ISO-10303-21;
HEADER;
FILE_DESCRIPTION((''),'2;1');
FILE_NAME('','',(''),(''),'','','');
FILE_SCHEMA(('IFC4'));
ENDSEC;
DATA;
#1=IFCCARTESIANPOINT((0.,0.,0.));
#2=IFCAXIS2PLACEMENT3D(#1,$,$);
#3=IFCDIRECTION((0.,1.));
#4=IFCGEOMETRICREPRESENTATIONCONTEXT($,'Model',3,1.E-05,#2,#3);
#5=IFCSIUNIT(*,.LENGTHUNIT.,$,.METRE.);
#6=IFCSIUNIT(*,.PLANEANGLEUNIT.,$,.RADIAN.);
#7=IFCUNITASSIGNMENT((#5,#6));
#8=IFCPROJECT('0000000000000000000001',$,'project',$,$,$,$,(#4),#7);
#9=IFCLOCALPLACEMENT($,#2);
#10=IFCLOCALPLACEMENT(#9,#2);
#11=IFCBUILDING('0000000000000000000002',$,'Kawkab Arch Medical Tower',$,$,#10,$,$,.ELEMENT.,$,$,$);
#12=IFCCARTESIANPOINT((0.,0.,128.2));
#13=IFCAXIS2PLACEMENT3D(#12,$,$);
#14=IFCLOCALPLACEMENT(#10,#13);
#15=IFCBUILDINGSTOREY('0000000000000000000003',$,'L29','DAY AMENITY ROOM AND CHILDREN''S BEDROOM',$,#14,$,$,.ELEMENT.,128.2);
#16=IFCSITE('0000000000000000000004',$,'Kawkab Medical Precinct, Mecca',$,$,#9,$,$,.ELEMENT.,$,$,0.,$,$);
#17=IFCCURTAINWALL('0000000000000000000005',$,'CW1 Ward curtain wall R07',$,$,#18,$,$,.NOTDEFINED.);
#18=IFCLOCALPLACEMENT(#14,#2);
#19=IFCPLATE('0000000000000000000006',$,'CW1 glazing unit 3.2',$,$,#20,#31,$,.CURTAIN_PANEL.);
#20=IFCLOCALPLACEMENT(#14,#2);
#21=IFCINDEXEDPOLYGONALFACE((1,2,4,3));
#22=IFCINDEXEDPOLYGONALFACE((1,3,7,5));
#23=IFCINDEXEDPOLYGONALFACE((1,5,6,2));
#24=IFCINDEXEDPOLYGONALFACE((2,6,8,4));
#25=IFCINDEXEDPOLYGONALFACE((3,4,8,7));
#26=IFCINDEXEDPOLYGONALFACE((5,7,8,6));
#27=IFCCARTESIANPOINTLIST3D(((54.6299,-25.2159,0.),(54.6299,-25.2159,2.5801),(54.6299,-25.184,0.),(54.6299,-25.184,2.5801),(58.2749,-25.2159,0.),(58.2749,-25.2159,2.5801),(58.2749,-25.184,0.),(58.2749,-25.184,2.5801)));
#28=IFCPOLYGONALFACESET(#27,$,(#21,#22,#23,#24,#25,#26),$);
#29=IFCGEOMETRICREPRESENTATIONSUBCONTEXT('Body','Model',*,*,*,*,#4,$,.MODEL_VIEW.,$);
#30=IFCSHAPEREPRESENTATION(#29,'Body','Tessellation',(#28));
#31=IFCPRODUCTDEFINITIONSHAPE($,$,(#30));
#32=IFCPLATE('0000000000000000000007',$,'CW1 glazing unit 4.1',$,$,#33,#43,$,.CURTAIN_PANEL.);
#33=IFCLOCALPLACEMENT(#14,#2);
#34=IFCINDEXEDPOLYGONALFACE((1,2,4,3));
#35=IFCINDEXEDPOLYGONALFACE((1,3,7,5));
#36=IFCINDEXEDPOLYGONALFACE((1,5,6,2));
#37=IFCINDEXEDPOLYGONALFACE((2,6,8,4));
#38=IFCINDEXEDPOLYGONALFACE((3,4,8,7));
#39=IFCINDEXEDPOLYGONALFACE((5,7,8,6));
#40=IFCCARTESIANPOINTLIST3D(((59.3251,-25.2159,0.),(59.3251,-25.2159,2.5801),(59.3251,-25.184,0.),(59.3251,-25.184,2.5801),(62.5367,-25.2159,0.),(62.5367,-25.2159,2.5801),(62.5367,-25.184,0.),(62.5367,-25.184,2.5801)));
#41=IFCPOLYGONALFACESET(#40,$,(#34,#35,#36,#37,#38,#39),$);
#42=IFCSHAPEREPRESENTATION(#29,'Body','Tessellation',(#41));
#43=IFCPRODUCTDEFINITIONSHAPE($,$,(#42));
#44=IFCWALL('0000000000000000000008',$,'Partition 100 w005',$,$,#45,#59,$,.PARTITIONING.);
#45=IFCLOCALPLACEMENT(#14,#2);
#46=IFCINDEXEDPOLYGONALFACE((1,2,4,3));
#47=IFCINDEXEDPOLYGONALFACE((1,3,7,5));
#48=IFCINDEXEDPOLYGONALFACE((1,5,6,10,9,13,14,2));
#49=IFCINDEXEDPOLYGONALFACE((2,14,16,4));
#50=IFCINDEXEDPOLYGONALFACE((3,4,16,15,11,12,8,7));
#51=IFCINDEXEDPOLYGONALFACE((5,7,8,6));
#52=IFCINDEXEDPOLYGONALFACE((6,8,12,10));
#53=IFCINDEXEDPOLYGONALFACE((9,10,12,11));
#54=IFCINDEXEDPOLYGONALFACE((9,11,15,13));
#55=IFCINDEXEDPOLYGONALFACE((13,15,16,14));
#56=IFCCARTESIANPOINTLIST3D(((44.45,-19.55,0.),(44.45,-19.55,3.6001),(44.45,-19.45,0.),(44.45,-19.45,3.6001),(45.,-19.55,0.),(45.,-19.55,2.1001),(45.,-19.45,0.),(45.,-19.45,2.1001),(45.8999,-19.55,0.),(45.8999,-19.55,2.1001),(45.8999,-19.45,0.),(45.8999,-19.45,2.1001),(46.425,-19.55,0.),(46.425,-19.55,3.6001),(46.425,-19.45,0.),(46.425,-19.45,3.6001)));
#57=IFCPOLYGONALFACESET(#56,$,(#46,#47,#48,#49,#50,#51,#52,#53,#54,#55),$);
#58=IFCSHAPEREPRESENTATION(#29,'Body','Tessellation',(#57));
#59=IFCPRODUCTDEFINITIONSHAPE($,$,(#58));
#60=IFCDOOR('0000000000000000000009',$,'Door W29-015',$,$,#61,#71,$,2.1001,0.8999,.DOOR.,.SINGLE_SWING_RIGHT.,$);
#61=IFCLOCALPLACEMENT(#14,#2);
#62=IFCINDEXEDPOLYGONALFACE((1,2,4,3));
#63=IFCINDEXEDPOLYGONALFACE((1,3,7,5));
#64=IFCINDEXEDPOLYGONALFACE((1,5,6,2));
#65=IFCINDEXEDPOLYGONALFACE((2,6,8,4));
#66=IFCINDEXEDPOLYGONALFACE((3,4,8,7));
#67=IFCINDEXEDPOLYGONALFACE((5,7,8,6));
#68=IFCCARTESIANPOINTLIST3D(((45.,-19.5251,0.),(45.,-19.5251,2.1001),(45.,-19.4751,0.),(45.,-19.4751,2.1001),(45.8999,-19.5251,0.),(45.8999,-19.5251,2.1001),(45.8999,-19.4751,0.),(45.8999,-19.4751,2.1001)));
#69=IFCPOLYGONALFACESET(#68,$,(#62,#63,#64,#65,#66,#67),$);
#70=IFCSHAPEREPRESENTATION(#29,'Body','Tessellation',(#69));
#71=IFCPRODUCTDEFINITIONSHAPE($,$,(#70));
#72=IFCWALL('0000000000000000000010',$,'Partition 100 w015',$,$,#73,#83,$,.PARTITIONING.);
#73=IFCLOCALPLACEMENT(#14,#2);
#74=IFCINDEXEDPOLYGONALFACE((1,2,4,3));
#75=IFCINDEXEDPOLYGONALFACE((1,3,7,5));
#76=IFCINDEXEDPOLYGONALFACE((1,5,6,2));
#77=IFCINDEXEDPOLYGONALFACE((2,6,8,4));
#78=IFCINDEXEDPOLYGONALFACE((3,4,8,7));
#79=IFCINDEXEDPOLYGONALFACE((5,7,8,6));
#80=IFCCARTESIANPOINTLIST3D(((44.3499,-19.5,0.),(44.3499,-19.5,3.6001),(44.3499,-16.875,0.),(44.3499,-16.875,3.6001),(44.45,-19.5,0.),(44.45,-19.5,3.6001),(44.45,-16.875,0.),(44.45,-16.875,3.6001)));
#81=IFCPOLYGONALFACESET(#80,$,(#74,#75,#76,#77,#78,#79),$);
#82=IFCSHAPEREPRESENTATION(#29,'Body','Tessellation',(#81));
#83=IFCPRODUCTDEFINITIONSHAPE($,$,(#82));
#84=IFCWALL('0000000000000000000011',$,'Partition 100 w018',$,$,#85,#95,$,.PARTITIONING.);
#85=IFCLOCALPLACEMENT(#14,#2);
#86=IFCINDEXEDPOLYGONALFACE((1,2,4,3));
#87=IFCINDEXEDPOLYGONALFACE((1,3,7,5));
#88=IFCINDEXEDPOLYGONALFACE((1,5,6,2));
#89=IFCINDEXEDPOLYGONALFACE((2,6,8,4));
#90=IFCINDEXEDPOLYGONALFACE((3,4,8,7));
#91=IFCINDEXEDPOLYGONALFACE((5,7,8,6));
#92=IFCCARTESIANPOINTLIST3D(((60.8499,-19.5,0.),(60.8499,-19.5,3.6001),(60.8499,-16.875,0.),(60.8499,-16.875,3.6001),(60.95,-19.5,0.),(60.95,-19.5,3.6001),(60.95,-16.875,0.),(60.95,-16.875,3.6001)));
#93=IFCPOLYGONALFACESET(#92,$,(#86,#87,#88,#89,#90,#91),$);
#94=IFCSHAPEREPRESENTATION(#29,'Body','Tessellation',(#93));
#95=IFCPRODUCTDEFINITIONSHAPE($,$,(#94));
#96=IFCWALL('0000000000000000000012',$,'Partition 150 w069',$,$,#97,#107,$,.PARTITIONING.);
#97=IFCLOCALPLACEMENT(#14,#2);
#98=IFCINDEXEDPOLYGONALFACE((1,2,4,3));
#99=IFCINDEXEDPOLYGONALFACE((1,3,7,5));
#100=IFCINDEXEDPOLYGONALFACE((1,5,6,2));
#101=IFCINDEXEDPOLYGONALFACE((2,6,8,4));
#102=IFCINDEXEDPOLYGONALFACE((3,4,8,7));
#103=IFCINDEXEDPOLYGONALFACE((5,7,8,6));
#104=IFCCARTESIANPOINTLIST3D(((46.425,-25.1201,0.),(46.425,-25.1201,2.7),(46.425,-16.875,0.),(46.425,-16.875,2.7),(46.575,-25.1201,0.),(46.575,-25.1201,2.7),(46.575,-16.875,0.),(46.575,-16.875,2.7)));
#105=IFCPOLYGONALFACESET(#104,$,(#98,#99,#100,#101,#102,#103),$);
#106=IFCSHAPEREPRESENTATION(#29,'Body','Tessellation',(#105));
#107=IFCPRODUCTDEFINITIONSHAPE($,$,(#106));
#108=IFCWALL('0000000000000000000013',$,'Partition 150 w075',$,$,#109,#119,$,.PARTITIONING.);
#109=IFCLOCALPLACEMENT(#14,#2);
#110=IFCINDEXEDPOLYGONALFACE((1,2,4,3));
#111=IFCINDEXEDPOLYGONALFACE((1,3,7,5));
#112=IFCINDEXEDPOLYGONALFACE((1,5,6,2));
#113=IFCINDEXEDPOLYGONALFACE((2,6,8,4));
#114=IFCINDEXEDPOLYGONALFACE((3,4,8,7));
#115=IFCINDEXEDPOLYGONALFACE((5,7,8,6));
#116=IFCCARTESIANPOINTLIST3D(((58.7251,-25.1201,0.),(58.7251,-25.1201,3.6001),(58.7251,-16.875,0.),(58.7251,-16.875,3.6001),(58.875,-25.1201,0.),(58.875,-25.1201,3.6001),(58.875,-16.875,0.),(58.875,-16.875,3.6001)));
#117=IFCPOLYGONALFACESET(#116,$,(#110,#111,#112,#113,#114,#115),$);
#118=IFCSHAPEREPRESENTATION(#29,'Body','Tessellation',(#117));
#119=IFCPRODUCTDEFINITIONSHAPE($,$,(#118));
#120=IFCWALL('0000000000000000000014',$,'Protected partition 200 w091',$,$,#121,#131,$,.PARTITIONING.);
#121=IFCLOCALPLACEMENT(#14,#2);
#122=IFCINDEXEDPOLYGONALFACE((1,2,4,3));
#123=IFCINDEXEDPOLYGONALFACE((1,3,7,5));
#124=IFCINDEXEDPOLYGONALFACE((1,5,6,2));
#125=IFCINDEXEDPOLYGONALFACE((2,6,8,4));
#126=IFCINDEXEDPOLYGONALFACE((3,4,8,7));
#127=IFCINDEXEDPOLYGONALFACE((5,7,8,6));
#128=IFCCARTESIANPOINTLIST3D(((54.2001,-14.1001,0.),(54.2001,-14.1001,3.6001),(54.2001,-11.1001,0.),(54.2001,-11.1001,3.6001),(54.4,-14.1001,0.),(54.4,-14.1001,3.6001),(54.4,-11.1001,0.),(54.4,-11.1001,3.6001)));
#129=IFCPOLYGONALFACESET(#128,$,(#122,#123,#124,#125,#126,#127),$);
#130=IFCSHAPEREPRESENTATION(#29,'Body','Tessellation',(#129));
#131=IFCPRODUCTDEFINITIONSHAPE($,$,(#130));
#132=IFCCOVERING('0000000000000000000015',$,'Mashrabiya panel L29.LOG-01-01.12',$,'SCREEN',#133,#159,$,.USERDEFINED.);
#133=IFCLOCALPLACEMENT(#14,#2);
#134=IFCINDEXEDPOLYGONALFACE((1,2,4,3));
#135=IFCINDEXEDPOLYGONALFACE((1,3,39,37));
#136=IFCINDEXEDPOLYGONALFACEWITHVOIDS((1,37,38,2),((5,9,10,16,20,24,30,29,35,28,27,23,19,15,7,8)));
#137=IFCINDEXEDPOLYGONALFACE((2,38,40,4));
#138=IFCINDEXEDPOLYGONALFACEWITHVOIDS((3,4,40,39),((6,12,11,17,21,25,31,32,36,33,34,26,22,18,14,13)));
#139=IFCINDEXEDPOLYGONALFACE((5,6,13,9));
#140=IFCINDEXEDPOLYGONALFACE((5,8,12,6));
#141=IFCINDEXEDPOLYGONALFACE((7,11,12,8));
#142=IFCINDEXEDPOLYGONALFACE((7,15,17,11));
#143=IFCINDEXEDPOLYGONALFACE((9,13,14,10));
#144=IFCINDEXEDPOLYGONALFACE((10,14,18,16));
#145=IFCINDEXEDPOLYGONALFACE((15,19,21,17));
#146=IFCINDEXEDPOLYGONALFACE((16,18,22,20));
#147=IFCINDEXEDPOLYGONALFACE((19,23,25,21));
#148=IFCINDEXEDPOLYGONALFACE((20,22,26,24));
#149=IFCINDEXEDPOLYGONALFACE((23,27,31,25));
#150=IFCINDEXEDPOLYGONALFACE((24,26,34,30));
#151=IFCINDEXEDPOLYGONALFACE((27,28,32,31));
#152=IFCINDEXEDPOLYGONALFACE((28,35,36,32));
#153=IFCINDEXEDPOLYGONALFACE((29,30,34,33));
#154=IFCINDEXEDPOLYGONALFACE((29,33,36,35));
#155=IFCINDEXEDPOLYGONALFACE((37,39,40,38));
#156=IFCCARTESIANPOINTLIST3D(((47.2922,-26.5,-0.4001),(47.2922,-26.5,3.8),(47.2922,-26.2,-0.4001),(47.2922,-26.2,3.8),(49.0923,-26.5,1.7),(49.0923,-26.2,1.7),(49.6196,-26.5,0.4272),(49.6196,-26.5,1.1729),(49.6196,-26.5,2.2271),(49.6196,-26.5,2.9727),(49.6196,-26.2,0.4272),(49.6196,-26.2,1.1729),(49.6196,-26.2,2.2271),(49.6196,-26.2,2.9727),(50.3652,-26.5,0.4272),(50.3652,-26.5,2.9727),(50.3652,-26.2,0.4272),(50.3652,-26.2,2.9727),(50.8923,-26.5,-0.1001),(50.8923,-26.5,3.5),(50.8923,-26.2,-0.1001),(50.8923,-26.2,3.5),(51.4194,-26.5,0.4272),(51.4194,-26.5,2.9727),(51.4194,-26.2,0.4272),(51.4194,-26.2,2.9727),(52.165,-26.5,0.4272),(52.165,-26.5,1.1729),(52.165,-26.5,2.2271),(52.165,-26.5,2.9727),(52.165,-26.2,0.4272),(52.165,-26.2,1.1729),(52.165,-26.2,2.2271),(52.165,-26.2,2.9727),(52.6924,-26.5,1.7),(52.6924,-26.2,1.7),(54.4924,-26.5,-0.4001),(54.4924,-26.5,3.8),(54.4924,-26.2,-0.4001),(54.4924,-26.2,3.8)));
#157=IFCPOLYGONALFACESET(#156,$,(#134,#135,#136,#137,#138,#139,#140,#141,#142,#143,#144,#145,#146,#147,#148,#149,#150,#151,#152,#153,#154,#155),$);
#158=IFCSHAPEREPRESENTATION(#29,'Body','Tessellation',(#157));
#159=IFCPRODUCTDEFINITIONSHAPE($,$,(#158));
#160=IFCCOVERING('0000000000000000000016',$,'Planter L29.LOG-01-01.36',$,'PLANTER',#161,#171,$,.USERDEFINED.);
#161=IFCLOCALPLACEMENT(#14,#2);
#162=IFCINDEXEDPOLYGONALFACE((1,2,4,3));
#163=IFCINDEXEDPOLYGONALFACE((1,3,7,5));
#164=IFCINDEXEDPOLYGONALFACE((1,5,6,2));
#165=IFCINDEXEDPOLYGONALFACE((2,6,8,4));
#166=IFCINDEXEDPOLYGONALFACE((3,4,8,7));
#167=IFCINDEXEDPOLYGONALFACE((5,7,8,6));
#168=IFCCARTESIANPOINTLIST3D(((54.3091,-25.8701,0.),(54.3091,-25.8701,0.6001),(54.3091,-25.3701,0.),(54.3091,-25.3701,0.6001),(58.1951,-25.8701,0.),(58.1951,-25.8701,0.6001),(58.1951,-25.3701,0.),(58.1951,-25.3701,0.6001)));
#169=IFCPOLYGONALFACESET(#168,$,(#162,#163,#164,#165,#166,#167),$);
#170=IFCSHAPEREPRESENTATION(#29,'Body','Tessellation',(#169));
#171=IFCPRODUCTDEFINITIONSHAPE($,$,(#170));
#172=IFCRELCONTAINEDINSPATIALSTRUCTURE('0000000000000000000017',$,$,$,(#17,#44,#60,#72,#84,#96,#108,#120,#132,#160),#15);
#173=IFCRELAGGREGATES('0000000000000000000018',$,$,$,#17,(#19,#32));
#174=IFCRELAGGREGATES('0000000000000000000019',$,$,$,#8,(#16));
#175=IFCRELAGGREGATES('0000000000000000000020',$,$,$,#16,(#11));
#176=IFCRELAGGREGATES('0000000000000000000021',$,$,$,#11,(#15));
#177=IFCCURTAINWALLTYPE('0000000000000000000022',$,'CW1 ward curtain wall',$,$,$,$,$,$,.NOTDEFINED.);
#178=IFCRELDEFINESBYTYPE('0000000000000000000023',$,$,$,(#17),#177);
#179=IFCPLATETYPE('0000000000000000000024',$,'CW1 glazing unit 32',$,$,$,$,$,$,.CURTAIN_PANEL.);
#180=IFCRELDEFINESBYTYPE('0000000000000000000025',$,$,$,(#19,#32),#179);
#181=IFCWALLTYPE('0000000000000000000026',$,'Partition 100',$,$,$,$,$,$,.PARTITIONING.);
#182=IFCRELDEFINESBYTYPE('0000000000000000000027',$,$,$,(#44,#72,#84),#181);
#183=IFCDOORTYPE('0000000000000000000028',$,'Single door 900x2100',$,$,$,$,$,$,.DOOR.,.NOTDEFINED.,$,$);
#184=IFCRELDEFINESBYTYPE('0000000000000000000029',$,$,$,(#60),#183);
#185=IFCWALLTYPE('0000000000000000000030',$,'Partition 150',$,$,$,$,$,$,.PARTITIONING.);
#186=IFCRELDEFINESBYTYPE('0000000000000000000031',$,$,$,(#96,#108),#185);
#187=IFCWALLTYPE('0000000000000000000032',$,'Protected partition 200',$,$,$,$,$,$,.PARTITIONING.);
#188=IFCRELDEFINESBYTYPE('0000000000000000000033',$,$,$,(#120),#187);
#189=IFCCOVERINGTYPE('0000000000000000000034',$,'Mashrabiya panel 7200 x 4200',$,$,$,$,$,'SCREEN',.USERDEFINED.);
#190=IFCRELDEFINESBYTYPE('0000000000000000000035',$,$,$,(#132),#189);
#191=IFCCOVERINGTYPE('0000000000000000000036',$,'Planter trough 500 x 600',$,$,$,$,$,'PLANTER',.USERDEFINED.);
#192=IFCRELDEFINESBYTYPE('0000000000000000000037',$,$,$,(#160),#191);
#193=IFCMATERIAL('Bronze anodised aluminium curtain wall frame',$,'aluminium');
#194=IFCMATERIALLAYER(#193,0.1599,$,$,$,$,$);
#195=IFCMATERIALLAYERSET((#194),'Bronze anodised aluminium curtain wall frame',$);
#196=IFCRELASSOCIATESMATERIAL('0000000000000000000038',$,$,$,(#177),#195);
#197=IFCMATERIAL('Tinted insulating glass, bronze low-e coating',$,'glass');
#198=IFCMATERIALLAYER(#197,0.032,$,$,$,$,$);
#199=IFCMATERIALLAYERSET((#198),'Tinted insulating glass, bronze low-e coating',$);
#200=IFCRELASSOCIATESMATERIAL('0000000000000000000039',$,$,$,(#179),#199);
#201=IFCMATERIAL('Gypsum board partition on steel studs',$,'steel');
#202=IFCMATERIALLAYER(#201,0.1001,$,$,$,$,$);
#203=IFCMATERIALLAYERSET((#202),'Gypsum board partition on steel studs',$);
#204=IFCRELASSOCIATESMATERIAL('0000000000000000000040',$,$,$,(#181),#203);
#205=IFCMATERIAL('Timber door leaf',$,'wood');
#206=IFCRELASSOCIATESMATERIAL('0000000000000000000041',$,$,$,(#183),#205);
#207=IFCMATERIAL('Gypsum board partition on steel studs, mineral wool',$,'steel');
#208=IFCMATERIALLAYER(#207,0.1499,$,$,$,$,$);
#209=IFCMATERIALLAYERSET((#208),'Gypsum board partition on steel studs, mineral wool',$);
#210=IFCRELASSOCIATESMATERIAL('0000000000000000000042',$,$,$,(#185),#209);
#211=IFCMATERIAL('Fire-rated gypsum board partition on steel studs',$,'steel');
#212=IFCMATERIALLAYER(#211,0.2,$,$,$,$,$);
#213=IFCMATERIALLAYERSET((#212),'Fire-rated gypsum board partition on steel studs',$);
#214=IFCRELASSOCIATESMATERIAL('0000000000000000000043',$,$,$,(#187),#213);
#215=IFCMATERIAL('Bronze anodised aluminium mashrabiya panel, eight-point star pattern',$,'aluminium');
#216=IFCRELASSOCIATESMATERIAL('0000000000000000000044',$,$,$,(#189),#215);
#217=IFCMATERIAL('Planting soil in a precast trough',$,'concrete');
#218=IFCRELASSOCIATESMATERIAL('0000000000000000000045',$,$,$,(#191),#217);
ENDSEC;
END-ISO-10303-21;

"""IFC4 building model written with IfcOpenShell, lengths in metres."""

from ifc_helpers import new_model, si_unit, direction, frame, frame_2d, origin, origin_2d, place, context, subcontext, project, spatial, polyline, rectangle, outline, extrude, material, layer, layer_set, material_profile, profile_set, type_object, element, fill, aggregate, save


model = new_model("IFC4")

# Units and contexts
model_context = context("Model", 3, precision=1e-05, world=origin(), true_north=direction((0.0, 1.0)))
body_context = subcontext(model_context, "Body", "Model", "MODEL_VIEW")
ifc_project = project(units=[si_unit("LENGTHUNIT", "METRE"), si_unit("PLANEANGLEUNIT", "RADIAN")], contexts=[model_context])

# Site, building, storey
site_placement = place(None, origin())
site = spatial("IfcSite", under=ifc_project, at=site_placement, Name="Kawkab Medical Precinct, Mecca", CompositionType="ELEMENT", RefElevation=0.0)
building_placement = place(site_placement, origin())
building = spatial("IfcBuilding", under=site, at=building_placement, Name="Kawkab Arch Medical Tower", CompositionType="ELEMENT")
storey_placement = place(building_placement, frame((0.0, 0.0, 128.2)))
storey = spatial("IfcBuildingStorey", under=building, at=storey_placement, Name="L29", Description="DAY AMENITY ROOM AND CHILDREN'S BEDROOM", CompositionType="ELEMENT", Elevation=128.2)

# Curtain wall
ifc_material_1 = material(Name="Bronze anodised aluminium curtain wall frame", Category="aluminium")
ifc_layer_1 = layer(ifc_material_1, 0.1599)
ifc_layer_set_1 = layer_set([ifc_layer_1], Name="Bronze anodised aluminium curtain wall frame")
curtain_wall_type = type_object("IfcCurtainWallType", Name="CW1 ward curtain wall", PredefinedType="NOTDEFINED", material=ifc_layer_set_1)
curtain_wall_placement = place(storey_placement, origin())
curtain_wall = element("IfcCurtainWall", 1, at=curtain_wall_placement, inside=storey, type_object=curtain_wall_type, Name="CW1 Ward curtain wall R07", PredefinedType="NOTDEFINED")

# Plates
ifc_material_2 = material(Name="Tinted insulating glass, bronze low-e coating", Category="glass")
ifc_layer_2 = layer(ifc_material_2, 0.032)
ifc_layer_set_2 = layer_set([ifc_layer_2], Name="Tinted insulating glass, bronze low-e coating")
plate_type = type_object("IfcPlateType", Name="CW1 glazing unit 32", PredefinedType="CURTAIN_PANEL", material=ifc_layer_set_2)
plate_1_placement = place(storey_placement, frame((56.4524, -25.2, 0.0), z_axis=(0.0, 0.0, 1.0), x_axis=(1.0, 0.0, 0.0)))
plate_1 = element("IfcPlate", 2, at=plate_1_placement, type_object=plate_type, Name="CW1 glazing unit 3.2", PredefinedType="CURTAIN_PANEL", context=body_context, shape_type="SweptSolid", body=[
    extrude(rectangle(XDim=3.645, YDim=0.032, at=origin_2d()), origin(), (0.0, 0.0, 1.0), 2.5801),
])
plate_2_placement = place(storey_placement, frame((60.9309, -25.2, 0.0), z_axis=(0.0, 0.0, 1.0), x_axis=(1.0, 0.0, 0.0)))
plate_2 = element("IfcPlate", 3, at=plate_2_placement, type_object=plate_type, Name="CW1 glazing unit 4.1", PredefinedType="CURTAIN_PANEL", context=body_context, shape_type="SweptSolid", body=[
    extrude(rectangle(XDim=3.2117, YDim=0.032, at=origin_2d()), origin(), (0.0, 0.0, 1.0), 2.5801),
])
aggregate(curtain_wall, [plate_1, plate_2])

# Wall, opening, door
ifc_material_3 = material(Name="Gypsum board partition on steel studs", Category="steel")
ifc_layer_3 = layer(ifc_material_3, 0.1001)
ifc_layer_set_3 = layer_set([ifc_layer_3], Name="Gypsum board partition on steel studs")
wall_type_1 = type_object("IfcWallType", Name="Partition 100", PredefinedType="PARTITIONING", material=ifc_layer_set_3)
wall_1_placement = place(storey_placement, frame((44.45, -19.5, 0.0), z_axis=(0.0, 0.0, 1.0), x_axis=(1.0, 0.0, 0.0)))
wall_1 = element("IfcWall", 4, at=wall_1_placement, inside=storey, type_object=wall_type_1, Name="Partition 100 w005", PredefinedType="PARTITIONING", context=body_context, shape_type="SweptSolid", body=[
    extrude(rectangle(XDim=1.9751, YDim=0.1001, at=frame_2d((0.9875, 0.0))), origin(), (0.0, 0.0, 1.0), 3.6001),
])
opening_placement = place(wall_1_placement, frame((0.55, 0.0, 0.0)))
opening = element("IfcOpeningElement", 5, at=opening_placement, cuts=wall_1, PredefinedType="OPENING", context=body_context, shape_type="SweptSolid", body=[
    extrude(rectangle(XDim=0.8999, YDim=2.1001, at=frame_2d((0.45, 1.05))), frame((0.0, 0.0601, 0.0), z_axis=(0.0, -1.0, 0.0), x_axis=(1.0, 0.0, 0.0)), (0.0, 0.0, 1.0), 0.1201),
])
ifc_material_4 = material(Name="Timber door leaf", Category="wood")
door_type = type_object("IfcDoorType", Name="Single door 900x2100", OperationType="NOTDEFINED", PredefinedType="DOOR", material=ifc_material_4)
door_placement = place(opening_placement, origin())
door = element("IfcDoor", 6, at=door_placement, inside=storey, type_object=door_type, Name="Door W29-015", OperationType="SINGLE_SWING_RIGHT", OverallHeight=2.1001, OverallWidth=0.8999, PredefinedType="DOOR", context=body_context, shape_type="SweptSolid", body=[
    extrude(rectangle(XDim=0.8999, YDim=2.1001, at=frame_2d((0.45, 1.05))), frame((0.0, 0.0249, 0.0), z_axis=(0.0, -1.0, 0.0), x_axis=(1.0, 0.0, 0.0)), (0.0, 0.0, 1.0), 0.05),
])
fill(opening, door)

# Walls
for number, where, z_axis, x_axis, name in (
    (7, (44.3999, -19.5, 0.0), (0.0, 0.0, 1.0), (0.0, 1.0, 0.0), "Partition 100 w015"),
    (8, (60.8999, -19.5, 0.0), (0.0, 0.0, 1.0), (0.0, 1.0, 0.0), "Partition 100 w018"),
):
    element("IfcWall", number, at=place(storey_placement, frame(where, z_axis=z_axis, x_axis=x_axis)), inside=storey, type_object=wall_type_1, Name=name, PredefinedType="PARTITIONING", context=body_context, shape_type="SweptSolid", body=[
        extrude(rectangle(XDim=2.625, YDim=0.1001, at=frame_2d((1.3125, 0.0))), origin(), (0.0, 0.0, 1.0), 3.6001),
    ])
ifc_material_5 = material(Name="Gypsum board partition on steel studs, mineral wool", Category="steel")
ifc_layer_4 = layer(ifc_material_5, 0.1499)
ifc_layer_set_4 = layer_set([ifc_layer_4], Name="Gypsum board partition on steel studs, mineral wool")
wall_type_2 = type_object("IfcWallType", Name="Partition 150", PredefinedType="PARTITIONING", material=ifc_layer_set_4)
wall_2_placement = place(storey_placement, frame((46.5, -25.1201, 0.0), z_axis=(0.0, 0.0, 1.0), x_axis=(0.0, 1.0, 0.0)))
element("IfcWall", 9, at=wall_2_placement, inside=storey, type_object=wall_type_2, Name="Partition 150 w069", PredefinedType="PARTITIONING", context=body_context, shape_type="SweptSolid", body=[
    extrude(rectangle(XDim=8.2451, YDim=0.1499, at=frame_2d((4.1226, 0.0))), origin(), (0.0, 0.0, 1.0), 2.7),
])
wall_3_placement = place(storey_placement, frame((58.8, -25.1201, 0.0), z_axis=(0.0, 0.0, 1.0), x_axis=(0.0, 1.0, 0.0)))
element("IfcWall", 10, at=wall_3_placement, inside=storey, type_object=wall_type_2, Name="Partition 150 w075", PredefinedType="PARTITIONING", context=body_context, shape_type="SweptSolid", body=[
    extrude(rectangle(XDim=8.2451, YDim=0.1499, at=frame_2d((4.1226, 0.0))), origin(), (0.0, 0.0, 1.0), 3.6001),
])
ifc_material_6 = material(Name="Fire-rated gypsum board partition on steel studs", Category="steel")
ifc_layer_5 = layer(ifc_material_6, 0.2)
ifc_layer_set_5 = layer_set([ifc_layer_5], Name="Fire-rated gypsum board partition on steel studs")
wall_type_3 = type_object("IfcWallType", Name="Protected partition 200", PredefinedType="PARTITIONING", material=ifc_layer_set_5)
wall_4_placement = place(storey_placement, frame((54.3, -14.1001, 0.0), z_axis=(0.0, 0.0, 1.0), x_axis=(0.0, 1.0, 0.0)))
element("IfcWall", 11, at=wall_4_placement, inside=storey, type_object=wall_type_3, Name="Protected partition 200 w091", PredefinedType="PARTITIONING", context=body_context, shape_type="SweptSolid", body=[
    extrude(rectangle(XDim=3.0, YDim=0.2, at=frame_2d((1.5, 0.0))), origin(), (0.0, 0.0, 1.0), 3.6001),
])

# Coverings
ifc_material_7 = material(Name="Bronze anodised aluminium mashrabiya panel, eight-point star pattern", Category="aluminium")
ifc_material_profile_1 = material_profile(ifc_material_7, outline(polyline([(-3.6001, -2.1001), (3.6001, -2.1001), (3.6001, 2.1001), (-3.6001, 2.1001), (-3.6001, -2.1001)]), holes=[polyline([(1.8, 0.0), (1.2727, 0.5271), (1.2727, 1.2727), (0.5271, 1.2727), (0.0, 1.8), (-0.5271, 1.2727), (-1.2727, 1.2727), (-1.2727, 0.5271), (-1.8, 0.0), (-1.2727, -0.5271), (-1.2727, -1.2727), (-0.5271, -1.2727), (0.0, -1.8), (0.5271, -1.2727), (1.2727, -1.2727), (1.2727, -0.5271), (1.8, 0.0)])]), Name="Mashrabiya panel 7200x4200")
ifc_profile_set_1 = profile_set([ifc_material_profile_1], Name="Bronze anodised aluminium mashrabiya panel, eight-point star pattern")
covering_type_1 = type_object("IfcCoveringType", Name="Mashrabiya panel 7200 x 4200", ElementType="SCREEN", PredefinedType="USERDEFINED", material=ifc_profile_set_1)
covering_1_placement = place(storey_placement, frame((50.8923, -26.2, 1.7), z_axis=(0.0, -1.0, 0.0), x_axis=(1.0, 0.0, 0.0)))
element("IfcCovering", 12, at=covering_1_placement, inside=storey, type_object=covering_type_1, Name="Mashrabiya panel L29.LOG-01-01.12", ObjectType="SCREEN", PredefinedType="USERDEFINED", context=body_context, shape_type="SweptSolid", body=[
    extrude(outline(polyline([(-3.6001, -2.1001), (3.6001, -2.1001), (3.6001, 2.1001), (-3.6001, 2.1001), (-3.6001, -2.1001)]), holes=[polyline([(1.8, 0.0), (1.2727, 0.5271), (1.2727, 1.2727), (0.5271, 1.2727), (0.0, 1.8), (-0.5271, 1.2727), (-1.2727, 1.2727), (-1.2727, 0.5271), (-1.8, 0.0), (-1.2727, -0.5271), (-1.2727, -1.2727), (-0.5271, -1.2727), (0.0, -1.8), (0.5271, -1.2727), (1.2727, -1.2727), (1.2727, -0.5271), (1.8, 0.0)])]), origin(), (0.0, 0.0, 1.0), 0.3),
])
ifc_material_8 = material(Name="Planting soil in a precast trough", Category="concrete")
ifc_material_profile_2 = material_profile(ifc_material_8, rectangle(XDim=0.5, YDim=0.6001, at=origin_2d()), Name="Trough 500x600")
ifc_profile_set_2 = profile_set([ifc_material_profile_2], Name="Planting soil in a precast trough")
covering_type_2 = type_object("IfcCoveringType", Name="Planter trough 500 x 600", ElementType="PLANTER", PredefinedType="USERDEFINED", material=ifc_profile_set_2)
covering_2_placement = place(storey_placement, frame((58.1951, -25.6201, 0.3), z_axis=(-1.0, 0.0, 0.0), x_axis=(0.0, -1.0, 0.0)))
element("IfcCovering", 13, at=covering_2_placement, inside=storey, type_object=covering_type_2, Name="Planter L29.LOG-01-01.36", ObjectType="PLANTER", PredefinedType="USERDEFINED", context=body_context, shape_type="SweptSolid", body=[
    extrude(rectangle(XDim=0.5, YDim=0.6001, at=origin_2d()), origin(), (0.0, 0.0, 1.0), 3.886),
])

save(model, "model.ifc")
